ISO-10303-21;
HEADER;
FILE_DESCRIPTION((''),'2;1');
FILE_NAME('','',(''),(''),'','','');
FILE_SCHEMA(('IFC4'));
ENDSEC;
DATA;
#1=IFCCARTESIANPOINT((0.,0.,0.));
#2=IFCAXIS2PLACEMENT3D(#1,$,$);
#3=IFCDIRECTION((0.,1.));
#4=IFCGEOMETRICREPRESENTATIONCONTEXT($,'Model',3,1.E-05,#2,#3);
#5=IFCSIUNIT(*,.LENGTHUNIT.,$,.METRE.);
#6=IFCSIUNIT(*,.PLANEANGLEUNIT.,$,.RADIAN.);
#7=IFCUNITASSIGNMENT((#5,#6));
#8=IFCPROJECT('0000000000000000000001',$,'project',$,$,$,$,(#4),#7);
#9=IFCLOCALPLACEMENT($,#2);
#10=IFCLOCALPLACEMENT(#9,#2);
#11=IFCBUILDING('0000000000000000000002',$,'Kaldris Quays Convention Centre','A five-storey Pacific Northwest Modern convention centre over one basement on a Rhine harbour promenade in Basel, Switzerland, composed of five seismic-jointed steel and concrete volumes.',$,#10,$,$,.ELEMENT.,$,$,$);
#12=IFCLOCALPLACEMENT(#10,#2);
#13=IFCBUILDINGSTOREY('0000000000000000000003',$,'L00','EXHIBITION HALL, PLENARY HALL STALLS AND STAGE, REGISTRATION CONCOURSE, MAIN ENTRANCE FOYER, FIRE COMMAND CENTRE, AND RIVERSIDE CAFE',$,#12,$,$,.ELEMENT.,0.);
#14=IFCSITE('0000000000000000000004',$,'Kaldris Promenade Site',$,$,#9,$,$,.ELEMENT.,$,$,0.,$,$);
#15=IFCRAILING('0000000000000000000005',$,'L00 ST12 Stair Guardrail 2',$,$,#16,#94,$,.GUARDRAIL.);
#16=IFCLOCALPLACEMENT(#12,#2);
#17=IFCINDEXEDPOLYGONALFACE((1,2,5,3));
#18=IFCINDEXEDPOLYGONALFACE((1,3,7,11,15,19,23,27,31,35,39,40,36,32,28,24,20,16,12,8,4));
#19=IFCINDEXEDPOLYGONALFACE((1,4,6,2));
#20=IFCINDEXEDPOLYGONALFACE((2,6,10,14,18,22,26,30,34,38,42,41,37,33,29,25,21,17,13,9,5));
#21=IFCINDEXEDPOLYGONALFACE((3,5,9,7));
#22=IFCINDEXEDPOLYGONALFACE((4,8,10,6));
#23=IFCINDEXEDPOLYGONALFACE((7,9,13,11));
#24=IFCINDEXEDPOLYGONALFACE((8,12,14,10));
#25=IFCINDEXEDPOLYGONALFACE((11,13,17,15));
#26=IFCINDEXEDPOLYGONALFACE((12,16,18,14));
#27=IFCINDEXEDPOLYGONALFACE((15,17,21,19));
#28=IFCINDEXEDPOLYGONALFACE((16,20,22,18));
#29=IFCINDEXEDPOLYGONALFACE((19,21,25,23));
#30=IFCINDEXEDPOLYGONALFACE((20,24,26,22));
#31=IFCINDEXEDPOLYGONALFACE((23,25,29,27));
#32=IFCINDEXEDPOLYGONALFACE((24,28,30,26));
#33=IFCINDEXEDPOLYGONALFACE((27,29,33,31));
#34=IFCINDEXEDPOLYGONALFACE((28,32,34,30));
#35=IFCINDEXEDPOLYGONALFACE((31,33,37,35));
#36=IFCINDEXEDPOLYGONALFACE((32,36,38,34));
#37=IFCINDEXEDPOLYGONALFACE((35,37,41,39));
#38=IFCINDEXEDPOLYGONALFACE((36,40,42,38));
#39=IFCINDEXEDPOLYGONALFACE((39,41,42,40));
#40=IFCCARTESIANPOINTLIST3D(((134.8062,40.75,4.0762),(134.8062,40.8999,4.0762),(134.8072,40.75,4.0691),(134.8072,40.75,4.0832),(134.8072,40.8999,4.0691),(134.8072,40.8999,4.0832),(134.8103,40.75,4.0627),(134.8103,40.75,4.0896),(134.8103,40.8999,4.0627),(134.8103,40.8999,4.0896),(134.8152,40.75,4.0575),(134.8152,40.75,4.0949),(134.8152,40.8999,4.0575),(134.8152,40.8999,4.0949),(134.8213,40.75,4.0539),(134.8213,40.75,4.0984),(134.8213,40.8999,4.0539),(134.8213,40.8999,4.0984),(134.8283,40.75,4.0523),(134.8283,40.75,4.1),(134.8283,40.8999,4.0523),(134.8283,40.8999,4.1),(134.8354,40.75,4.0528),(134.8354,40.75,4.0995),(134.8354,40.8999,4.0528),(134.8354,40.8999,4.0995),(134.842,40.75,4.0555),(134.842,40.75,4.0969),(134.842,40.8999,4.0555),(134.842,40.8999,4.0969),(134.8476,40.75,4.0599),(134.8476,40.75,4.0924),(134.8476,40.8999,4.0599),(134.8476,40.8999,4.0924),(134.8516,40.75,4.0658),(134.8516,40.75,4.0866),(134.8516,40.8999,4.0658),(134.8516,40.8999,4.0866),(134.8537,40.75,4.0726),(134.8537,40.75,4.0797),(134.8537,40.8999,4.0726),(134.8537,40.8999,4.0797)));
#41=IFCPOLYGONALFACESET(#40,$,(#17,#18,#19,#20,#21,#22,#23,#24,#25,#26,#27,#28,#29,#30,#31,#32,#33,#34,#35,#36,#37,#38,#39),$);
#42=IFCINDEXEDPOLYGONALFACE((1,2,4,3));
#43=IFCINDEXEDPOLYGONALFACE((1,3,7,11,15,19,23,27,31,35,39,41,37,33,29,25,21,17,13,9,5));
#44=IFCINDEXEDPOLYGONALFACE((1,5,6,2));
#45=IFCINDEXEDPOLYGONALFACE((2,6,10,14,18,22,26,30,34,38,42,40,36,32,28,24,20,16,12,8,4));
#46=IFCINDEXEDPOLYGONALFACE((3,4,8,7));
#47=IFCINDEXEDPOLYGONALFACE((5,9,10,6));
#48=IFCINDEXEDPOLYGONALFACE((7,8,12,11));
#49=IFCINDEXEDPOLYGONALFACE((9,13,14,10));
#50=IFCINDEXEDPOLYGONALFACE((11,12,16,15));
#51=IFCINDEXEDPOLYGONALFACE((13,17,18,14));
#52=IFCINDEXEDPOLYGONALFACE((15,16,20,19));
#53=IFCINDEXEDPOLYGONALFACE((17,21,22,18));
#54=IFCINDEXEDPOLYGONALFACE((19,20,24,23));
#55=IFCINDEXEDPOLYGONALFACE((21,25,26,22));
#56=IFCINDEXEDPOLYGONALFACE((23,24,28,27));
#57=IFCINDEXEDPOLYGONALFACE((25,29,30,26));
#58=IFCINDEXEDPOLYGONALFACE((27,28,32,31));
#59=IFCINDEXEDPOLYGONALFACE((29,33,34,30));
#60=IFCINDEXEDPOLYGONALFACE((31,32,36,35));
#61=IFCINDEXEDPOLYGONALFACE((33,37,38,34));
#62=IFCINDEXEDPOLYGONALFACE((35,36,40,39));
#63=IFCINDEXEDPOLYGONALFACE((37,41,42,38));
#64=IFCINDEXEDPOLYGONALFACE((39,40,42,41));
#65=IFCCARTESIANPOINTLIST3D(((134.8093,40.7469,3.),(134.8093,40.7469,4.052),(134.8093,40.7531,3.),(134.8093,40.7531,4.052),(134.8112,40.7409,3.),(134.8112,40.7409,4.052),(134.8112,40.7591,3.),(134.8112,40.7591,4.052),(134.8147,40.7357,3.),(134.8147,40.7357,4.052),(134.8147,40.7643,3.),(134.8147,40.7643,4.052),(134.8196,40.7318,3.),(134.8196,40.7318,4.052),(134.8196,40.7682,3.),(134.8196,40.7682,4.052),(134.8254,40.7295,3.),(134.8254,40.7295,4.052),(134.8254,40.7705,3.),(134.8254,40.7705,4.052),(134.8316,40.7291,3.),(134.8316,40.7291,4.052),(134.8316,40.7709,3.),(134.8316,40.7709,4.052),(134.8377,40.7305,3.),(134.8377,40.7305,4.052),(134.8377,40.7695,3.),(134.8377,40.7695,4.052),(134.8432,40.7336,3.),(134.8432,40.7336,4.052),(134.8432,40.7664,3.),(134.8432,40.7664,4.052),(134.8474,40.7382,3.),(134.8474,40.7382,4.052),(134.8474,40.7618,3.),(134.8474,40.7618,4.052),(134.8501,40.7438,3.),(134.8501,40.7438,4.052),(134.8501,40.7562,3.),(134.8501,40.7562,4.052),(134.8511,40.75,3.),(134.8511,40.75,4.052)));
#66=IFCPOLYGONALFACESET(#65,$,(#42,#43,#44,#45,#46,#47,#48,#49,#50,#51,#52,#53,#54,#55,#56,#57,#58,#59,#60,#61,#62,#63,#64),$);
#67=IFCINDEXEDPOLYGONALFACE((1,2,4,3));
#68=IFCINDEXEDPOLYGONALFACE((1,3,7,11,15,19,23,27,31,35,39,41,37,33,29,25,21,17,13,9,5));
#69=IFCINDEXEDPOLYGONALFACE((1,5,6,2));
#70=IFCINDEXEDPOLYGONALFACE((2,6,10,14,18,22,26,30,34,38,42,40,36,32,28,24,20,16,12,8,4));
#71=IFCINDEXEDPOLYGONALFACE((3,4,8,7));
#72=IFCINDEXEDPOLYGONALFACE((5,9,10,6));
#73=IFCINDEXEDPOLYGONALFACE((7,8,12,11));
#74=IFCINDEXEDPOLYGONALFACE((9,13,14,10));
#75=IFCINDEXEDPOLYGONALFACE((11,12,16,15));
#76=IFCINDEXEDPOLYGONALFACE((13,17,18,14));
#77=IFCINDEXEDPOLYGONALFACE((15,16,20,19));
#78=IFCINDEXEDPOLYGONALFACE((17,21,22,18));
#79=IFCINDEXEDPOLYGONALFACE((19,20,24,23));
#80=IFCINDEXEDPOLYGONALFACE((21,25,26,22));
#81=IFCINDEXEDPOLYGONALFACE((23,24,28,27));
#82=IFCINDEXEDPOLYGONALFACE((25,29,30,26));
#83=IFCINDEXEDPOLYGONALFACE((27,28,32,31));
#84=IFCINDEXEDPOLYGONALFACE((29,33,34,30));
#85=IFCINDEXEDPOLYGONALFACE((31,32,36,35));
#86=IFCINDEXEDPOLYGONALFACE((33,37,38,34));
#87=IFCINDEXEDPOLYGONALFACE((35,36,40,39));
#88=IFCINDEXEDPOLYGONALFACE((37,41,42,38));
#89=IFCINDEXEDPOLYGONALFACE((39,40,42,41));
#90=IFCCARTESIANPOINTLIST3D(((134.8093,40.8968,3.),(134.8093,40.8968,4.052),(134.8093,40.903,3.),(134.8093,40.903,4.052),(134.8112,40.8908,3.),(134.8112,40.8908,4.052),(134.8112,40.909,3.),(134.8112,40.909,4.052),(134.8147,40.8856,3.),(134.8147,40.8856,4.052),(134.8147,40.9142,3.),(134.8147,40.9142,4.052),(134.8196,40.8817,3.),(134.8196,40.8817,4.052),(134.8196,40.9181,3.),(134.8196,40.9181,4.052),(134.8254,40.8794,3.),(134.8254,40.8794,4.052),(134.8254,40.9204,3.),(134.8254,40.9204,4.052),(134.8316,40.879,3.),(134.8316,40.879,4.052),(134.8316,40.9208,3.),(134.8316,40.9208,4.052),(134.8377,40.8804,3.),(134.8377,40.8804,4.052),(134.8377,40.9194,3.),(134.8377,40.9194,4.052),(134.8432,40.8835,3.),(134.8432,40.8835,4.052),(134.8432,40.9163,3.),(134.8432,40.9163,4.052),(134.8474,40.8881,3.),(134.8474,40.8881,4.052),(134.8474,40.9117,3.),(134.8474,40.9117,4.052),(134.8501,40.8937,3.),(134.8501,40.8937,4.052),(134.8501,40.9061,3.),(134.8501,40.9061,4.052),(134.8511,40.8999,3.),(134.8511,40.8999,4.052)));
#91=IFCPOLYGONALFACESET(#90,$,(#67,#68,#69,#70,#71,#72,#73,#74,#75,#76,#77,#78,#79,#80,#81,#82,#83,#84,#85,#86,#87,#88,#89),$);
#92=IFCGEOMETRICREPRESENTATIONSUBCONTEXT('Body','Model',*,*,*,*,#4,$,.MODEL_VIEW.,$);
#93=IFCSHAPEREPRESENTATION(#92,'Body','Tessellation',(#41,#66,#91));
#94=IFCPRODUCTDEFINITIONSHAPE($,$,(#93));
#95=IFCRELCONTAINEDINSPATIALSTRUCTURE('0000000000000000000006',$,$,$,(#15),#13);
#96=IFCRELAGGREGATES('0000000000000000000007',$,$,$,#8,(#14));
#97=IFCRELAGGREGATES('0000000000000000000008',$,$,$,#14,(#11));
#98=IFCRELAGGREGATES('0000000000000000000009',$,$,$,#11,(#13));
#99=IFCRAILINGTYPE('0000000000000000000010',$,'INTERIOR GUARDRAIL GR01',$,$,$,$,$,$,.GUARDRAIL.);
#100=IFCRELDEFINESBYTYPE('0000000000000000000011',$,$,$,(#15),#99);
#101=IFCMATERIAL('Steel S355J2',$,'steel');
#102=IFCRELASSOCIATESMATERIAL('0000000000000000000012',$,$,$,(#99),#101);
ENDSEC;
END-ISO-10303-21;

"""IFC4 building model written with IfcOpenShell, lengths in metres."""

from ifc_helpers import new_model, si_unit, direction, frame, origin, origin_2d, place, context, subcontext, project, spatial, circle, extrude, material, type_object, element, save


model = new_model("IFC4")

# Units and contexts
model_context = context("Model", 3, precision=1e-05, world=origin(), true_north=direction((0.0, 1.0)))
body_context = subcontext(model_context, "Body", "Model", "MODEL_VIEW")
ifc_project = project(units=[si_unit("LENGTHUNIT", "METRE"), si_unit("PLANEANGLEUNIT", "RADIAN")], contexts=[model_context])

# Site, building, storey
site_placement = place(None, origin())
site = spatial("IfcSite", under=ifc_project, at=site_placement, Name="Kaldris Promenade Site", CompositionType="ELEMENT", RefElevation=0.0)
building_placement = place(site_placement, origin())
building = spatial("IfcBuilding", under=site, at=building_placement, Name="Kaldris Quays Convention Centre", Description="A five-storey Pacific Northwest Modern convention centre over one basement on a Rhine harbour promenade in Basel, Switzerland, composed of five seismic-jointed steel and concrete volumes.", CompositionType="ELEMENT")
storey_placement = place(building_placement, origin())
storey = spatial("IfcBuildingStorey", under=building, at=storey_placement, Name="L00", Description="EXHIBITION HALL, PLENARY HALL STALLS AND STAGE, REGISTRATION CONCOURSE, MAIN ENTRANCE FOYER, FIRE COMMAND CENTRE, AND RIVERSIDE CAFE", CompositionType="ELEMENT", Elevation=0.0)

# Shared definitions
ifc_material_1 = material(Name="Steel S355J2", Category="steel")

# Railing
railing_type_1 = type_object("IfcRailingType", Name="INTERIOR GUARDRAIL GR01", PredefinedType="GUARDRAIL", material=ifc_material_1)
railing_1_placement = place(storey_placement, frame((134.8301, 40.75, 3.0)))
element("IfcRailing", 1, at=railing_1_placement, inside=storey, type_object=railing_type_1, Name="L00 ST12 Stair Guardrail 2", PredefinedType="GUARDRAIL", context=body_context, shape_type="SweptSolid", body=[
    extrude(circle(Radius=0.0239, at=origin_2d()), frame((0.0, 0.0, 1.0762), z_axis=(0.0, 1.0, 0.0), x_axis=(-1.0, 0.0, 0.0)), (0.0, 0.0, 1.0), 0.1499),
    extrude(circle(Radius=0.021, at=origin_2d()), origin(), (0.0, 0.0, 1.0), 1.052),
    extrude(circle(Radius=0.021, at=origin_2d()), frame((0.0, 0.1499, 0.0)), (0.0, 0.0, 1.0), 1.052),
])

save(model, "model.ifc")
